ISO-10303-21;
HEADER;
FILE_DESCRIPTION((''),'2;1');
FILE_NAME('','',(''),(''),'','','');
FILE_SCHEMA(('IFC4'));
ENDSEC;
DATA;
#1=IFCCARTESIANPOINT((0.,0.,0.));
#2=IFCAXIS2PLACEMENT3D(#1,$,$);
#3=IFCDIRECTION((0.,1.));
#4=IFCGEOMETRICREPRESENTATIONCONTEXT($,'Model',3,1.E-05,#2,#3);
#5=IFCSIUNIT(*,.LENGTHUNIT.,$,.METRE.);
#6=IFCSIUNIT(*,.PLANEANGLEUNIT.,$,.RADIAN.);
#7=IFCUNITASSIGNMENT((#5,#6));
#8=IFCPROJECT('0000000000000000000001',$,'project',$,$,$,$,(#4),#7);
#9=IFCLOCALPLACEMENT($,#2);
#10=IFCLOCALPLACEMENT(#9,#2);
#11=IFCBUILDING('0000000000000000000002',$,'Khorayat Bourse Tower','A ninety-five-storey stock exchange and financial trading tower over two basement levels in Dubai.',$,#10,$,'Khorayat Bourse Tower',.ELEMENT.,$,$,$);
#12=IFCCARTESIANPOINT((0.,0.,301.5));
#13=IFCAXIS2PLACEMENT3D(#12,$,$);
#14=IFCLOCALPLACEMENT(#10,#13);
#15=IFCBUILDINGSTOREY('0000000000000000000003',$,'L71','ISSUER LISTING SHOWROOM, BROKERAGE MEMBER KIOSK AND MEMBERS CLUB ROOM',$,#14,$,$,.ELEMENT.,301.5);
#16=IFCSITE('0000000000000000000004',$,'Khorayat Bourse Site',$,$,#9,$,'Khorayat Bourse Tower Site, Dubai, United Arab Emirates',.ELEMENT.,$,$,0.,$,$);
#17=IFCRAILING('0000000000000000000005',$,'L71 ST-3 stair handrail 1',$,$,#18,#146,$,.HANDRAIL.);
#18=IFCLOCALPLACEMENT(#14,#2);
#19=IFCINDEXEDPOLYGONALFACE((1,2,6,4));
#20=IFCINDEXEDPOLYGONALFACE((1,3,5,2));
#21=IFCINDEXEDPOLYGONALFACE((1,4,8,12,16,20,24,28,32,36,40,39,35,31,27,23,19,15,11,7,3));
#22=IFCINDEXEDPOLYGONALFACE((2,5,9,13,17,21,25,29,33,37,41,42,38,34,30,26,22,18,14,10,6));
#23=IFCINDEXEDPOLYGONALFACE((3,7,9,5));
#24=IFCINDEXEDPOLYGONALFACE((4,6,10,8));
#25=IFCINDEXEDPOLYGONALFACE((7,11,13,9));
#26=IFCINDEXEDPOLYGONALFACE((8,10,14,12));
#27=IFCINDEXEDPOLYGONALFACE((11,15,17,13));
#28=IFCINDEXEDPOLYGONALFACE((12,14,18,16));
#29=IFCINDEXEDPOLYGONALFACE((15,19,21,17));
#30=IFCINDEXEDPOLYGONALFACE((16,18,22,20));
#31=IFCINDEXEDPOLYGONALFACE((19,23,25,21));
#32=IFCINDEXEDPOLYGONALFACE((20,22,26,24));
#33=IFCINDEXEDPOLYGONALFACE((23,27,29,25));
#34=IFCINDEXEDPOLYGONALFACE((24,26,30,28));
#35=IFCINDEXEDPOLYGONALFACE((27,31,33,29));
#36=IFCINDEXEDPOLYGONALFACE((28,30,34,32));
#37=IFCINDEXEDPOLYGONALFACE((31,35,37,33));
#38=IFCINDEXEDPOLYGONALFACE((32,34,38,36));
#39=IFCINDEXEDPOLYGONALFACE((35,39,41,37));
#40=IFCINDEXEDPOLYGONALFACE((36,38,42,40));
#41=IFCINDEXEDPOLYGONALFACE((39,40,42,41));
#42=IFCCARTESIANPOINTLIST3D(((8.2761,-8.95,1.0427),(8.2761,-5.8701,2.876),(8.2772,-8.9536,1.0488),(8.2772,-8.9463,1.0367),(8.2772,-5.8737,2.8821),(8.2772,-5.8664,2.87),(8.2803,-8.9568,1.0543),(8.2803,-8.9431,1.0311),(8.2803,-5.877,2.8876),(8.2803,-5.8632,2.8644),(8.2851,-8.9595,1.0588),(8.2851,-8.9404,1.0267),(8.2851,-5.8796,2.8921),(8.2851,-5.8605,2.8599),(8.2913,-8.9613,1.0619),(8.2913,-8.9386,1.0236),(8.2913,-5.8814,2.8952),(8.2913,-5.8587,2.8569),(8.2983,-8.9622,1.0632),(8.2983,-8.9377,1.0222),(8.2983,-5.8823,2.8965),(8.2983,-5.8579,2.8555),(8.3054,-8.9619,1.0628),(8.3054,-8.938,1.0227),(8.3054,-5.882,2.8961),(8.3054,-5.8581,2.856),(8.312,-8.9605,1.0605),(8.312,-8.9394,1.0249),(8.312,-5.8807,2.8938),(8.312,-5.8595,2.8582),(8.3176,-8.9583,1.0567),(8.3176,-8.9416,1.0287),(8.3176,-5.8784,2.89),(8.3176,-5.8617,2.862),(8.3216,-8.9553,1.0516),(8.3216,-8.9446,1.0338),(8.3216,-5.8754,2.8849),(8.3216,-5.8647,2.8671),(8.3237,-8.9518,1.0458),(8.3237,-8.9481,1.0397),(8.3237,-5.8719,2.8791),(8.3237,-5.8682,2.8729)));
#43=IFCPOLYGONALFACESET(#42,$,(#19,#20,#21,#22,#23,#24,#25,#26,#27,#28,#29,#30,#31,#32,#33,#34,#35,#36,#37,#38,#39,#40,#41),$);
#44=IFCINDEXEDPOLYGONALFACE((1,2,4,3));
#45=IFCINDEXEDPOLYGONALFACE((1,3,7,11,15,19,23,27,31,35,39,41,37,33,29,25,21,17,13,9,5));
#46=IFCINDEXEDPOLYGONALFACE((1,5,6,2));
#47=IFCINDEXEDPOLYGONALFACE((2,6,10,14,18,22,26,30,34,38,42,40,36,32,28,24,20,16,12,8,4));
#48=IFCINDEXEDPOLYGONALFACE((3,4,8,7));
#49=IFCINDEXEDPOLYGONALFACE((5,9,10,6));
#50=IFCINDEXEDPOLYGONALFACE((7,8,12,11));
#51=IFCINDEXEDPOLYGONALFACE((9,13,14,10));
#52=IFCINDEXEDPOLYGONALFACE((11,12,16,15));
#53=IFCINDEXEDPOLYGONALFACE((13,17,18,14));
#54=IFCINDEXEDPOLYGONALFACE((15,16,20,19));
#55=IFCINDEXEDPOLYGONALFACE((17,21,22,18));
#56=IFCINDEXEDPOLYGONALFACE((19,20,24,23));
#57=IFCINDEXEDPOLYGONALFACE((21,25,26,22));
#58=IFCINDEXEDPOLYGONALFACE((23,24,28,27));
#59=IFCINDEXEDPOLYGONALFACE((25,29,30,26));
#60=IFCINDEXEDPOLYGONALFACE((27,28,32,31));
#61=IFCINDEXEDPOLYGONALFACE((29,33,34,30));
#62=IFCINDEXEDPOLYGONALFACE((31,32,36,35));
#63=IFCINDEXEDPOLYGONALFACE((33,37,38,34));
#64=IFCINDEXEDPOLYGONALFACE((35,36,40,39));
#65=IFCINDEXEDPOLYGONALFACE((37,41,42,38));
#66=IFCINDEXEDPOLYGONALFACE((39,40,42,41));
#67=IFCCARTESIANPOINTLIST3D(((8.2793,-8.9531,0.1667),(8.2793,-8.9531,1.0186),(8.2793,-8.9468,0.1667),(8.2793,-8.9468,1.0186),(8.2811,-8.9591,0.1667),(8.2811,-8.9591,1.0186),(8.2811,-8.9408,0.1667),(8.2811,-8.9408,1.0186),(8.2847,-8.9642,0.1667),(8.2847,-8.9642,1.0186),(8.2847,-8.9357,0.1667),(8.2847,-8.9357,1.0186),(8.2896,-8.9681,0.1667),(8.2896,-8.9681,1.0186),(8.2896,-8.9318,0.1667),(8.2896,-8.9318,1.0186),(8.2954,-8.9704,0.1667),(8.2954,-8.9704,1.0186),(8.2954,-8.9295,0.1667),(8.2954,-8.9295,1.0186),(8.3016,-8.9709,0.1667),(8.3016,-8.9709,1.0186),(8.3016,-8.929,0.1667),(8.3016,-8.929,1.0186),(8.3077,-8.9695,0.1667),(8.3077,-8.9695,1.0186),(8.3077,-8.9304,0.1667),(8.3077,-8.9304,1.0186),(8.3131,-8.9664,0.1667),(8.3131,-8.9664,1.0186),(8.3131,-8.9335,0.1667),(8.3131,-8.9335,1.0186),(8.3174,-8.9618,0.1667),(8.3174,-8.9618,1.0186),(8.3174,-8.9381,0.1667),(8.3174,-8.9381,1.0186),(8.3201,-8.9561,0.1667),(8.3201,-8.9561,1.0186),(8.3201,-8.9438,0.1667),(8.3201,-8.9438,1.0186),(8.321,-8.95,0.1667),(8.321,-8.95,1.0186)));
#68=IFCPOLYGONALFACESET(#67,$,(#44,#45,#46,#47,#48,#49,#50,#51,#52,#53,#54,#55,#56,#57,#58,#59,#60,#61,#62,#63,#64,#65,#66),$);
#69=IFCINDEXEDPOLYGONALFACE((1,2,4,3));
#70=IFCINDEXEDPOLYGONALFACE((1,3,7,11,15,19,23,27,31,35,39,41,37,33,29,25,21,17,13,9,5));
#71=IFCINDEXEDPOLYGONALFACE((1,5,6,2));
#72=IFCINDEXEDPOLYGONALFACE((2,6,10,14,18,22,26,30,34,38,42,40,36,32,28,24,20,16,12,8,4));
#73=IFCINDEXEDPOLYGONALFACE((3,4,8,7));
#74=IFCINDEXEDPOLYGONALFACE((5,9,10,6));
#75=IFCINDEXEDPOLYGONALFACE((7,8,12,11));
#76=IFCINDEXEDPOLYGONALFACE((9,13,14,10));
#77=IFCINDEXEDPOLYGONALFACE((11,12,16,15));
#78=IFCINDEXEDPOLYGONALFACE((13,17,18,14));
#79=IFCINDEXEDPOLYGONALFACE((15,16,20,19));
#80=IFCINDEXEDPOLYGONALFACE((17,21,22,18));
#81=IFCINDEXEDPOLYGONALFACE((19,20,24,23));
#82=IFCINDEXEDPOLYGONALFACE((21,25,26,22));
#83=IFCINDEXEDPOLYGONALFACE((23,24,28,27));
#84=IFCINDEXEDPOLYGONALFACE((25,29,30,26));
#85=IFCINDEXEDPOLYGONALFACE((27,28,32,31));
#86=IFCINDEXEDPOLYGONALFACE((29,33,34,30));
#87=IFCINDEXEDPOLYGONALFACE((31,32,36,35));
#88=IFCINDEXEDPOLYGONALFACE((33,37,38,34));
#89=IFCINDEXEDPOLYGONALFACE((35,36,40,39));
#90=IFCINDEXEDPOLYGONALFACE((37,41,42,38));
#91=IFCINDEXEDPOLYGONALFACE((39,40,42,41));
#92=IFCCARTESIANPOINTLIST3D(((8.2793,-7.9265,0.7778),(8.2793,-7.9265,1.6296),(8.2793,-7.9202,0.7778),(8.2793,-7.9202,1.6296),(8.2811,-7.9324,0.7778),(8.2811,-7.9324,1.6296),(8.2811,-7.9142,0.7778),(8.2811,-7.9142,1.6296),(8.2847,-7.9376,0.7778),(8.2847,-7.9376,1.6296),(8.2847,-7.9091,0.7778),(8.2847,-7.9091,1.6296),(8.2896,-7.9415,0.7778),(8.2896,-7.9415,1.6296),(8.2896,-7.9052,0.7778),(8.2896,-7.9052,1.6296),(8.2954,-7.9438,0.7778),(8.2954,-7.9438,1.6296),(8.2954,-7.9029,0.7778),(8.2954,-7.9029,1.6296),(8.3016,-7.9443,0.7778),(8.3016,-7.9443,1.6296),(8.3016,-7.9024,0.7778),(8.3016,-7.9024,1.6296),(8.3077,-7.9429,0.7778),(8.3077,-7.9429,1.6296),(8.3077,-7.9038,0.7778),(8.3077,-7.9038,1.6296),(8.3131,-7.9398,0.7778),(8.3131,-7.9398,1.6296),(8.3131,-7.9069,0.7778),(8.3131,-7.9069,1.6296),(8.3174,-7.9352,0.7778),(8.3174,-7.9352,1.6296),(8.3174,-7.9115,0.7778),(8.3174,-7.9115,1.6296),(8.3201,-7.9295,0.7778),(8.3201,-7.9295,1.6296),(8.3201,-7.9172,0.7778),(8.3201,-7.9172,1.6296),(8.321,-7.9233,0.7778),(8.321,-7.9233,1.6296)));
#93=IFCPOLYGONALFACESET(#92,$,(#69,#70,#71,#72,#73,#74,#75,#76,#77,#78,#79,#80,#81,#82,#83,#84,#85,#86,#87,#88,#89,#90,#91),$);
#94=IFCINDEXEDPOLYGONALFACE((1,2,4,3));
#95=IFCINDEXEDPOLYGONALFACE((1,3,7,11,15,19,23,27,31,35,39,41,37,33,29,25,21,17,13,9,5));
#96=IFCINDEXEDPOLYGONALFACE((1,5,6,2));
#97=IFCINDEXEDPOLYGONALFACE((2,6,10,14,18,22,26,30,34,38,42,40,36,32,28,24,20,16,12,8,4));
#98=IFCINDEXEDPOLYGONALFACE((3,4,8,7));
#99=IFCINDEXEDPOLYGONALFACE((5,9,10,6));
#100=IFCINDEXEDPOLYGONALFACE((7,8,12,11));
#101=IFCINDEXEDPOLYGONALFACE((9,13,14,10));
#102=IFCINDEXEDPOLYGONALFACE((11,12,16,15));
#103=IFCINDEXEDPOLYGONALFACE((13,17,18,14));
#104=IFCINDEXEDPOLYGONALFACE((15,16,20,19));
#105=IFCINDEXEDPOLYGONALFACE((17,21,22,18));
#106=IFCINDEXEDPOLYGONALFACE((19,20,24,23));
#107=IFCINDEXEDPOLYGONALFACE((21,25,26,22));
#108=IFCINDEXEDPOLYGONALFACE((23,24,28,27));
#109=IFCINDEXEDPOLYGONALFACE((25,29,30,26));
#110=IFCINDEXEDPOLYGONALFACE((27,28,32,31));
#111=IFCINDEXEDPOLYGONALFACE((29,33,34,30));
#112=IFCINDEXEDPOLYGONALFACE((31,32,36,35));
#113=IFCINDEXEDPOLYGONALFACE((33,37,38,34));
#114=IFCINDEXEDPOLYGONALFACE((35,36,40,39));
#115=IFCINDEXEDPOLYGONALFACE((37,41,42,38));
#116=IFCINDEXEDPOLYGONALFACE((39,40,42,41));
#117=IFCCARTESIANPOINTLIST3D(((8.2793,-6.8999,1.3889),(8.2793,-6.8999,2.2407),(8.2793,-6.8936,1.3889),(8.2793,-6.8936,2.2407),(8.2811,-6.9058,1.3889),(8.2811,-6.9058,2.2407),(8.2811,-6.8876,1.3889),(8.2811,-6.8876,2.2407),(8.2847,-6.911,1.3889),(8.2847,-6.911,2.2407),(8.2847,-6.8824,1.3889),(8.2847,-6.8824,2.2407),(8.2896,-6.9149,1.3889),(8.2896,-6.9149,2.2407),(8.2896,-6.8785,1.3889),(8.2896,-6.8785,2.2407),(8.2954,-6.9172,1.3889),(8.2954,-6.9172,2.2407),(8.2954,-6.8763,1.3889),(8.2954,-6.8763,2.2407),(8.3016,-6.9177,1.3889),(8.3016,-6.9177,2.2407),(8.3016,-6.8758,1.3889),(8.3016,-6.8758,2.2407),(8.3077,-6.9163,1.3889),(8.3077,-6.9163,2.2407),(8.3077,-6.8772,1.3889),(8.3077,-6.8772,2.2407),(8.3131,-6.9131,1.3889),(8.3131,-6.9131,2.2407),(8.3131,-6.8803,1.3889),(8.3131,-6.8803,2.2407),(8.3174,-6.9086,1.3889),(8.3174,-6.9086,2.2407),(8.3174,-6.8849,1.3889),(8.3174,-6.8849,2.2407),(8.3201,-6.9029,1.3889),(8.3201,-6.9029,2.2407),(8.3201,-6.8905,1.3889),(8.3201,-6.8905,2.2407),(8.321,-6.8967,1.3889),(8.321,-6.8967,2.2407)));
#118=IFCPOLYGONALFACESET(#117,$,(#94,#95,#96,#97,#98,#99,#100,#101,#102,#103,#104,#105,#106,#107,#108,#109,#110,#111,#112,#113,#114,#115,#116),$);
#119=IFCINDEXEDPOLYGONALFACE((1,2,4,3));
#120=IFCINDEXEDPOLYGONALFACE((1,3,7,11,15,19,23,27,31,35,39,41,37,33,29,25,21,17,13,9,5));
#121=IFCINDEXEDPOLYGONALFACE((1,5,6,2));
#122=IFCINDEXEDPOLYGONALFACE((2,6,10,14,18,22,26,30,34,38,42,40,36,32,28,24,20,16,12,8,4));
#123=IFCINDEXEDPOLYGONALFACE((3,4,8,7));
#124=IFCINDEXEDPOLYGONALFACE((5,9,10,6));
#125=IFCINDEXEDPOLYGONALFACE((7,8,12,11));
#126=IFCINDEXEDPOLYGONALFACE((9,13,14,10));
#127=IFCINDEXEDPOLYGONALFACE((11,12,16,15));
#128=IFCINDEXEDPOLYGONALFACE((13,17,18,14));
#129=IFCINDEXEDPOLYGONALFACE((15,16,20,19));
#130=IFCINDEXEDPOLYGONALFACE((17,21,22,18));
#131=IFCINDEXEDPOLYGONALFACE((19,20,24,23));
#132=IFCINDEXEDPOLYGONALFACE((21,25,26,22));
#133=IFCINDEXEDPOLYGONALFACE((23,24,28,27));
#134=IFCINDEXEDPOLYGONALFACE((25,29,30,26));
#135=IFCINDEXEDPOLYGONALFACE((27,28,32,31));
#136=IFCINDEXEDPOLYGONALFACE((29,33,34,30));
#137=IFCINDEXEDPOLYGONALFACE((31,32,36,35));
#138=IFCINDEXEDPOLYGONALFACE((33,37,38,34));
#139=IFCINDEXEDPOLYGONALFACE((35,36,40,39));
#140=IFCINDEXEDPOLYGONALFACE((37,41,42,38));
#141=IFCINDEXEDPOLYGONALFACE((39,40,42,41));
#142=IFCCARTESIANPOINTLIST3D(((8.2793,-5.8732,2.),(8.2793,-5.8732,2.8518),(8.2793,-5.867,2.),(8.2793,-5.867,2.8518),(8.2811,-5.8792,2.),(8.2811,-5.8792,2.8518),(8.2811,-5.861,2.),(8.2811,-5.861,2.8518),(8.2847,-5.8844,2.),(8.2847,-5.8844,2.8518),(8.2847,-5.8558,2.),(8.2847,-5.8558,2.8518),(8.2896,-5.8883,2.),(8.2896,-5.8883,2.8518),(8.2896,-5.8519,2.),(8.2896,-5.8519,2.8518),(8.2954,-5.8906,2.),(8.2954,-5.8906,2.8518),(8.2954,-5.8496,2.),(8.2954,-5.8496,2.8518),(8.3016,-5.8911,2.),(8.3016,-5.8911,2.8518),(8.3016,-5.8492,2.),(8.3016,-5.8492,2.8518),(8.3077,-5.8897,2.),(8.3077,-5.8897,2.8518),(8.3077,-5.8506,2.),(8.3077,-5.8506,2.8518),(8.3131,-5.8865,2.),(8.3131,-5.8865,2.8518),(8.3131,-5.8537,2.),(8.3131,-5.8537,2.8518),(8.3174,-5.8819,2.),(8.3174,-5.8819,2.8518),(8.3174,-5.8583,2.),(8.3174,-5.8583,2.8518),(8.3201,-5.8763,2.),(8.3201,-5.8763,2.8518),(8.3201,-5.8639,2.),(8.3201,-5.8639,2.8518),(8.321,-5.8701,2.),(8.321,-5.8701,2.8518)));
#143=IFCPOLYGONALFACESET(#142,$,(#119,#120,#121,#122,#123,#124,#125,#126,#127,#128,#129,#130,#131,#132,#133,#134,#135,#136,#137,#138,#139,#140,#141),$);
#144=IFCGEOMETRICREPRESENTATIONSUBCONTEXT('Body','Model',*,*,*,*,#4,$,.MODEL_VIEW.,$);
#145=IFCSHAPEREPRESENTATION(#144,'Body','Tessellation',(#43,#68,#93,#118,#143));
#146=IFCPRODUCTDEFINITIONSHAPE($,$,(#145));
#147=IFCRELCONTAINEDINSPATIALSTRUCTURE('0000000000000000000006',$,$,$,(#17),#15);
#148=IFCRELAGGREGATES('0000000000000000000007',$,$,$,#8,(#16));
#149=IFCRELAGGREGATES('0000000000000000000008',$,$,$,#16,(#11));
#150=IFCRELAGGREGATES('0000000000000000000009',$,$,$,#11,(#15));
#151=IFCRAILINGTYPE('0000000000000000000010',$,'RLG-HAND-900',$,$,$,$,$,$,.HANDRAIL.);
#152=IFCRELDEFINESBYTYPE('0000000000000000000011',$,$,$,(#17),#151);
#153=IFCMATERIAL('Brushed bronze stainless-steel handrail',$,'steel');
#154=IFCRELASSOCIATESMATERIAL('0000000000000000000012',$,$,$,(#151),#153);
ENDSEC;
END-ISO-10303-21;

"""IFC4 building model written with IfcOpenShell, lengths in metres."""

from ifc_helpers import new_model, si_unit, direction, frame, origin, origin_2d, place, context, subcontext, project, spatial, circle, extrude, source, transform, mapped, material, type_object, element, save


model = new_model("IFC4")

# Units and contexts
model_context = context("Model", 3, precision=1e-05, world=origin(), true_north=direction((0.0, 1.0)))
body_context = subcontext(model_context, "Body", "Model", "MODEL_VIEW")
ifc_project = project(units=[si_unit("LENGTHUNIT", "METRE"), si_unit("PLANEANGLEUNIT", "RADIAN")], contexts=[model_context])

# Site, building, storey
site_placement = place(None, origin())
site = spatial("IfcSite", under=ifc_project, at=site_placement, Name="Khorayat Bourse Site", LongName="Khorayat Bourse Tower Site, Dubai, United Arab Emirates", CompositionType="ELEMENT", RefElevation=0.0)
building_placement = place(site_placement, origin())
building = spatial("IfcBuilding", under=site, at=building_placement, Name="Khorayat Bourse Tower", Description="A ninety-five-storey stock exchange and financial trading tower over two basement levels in Dubai.", LongName="Khorayat Bourse Tower", CompositionType="ELEMENT")
storey_placement = place(building_placement, frame((0.0, 0.0, 301.5)))
storey = spatial("IfcBuildingStorey", under=building, at=storey_placement, Name="L71", Description="ISSUER LISTING SHOWROOM, BROKERAGE MEMBER KIOSK AND MEMBERS CLUB ROOM", CompositionType="ELEMENT", Elevation=301.5)

# Railing
ifc_material_1 = material(Name="Brushed bronze stainless-steel handrail", Category="steel")
railing_type_1 = type_object("IfcRailingType", Name="RLG-HAND-900", PredefinedType="HANDRAIL", material=ifc_material_1)
shared_shape_1 = source(origin(), body_context, "Body", "SweptSolid", [
    extrude(circle(Radius=0.0239, at=origin_2d()), frame((0.0, 0.0, 0.876), z_axis=(0.0, 0.859291, 0.511487), x_axis=(-1.0, 0.0, 0.0)), (0.0, 0.0, 1.0), 3.5842),
    extrude(circle(Radius=0.021, at=origin_2d()), origin(), (0.0, 0.0, 1.0), 0.8518),
    extrude(circle(Radius=0.021, at=origin_2d()), frame((0.0, 1.0266, 0.6111)), (0.0, 0.0, 1.0), 0.8518),
    extrude(circle(Radius=0.021, at=origin_2d()), frame((0.0, 2.0532, 1.2222)), (0.0, 0.0, 1.0), 0.8518),
    extrude(circle(Radius=0.021, at=origin_2d()), frame((0.0, 3.0798, 1.8333)), (0.0, 0.0, 1.0), 0.8518),
])
railing_1_placement = place(storey_placement, frame((8.3, -8.95, 0.1667)))
element("IfcRailing", 1, at=railing_1_placement, inside=storey, type_object=railing_type_1, Name="L71 ST-3 stair handrail 1", PredefinedType="HANDRAIL", context=body_context, shape_type="MappedRepresentation", body=[
    mapped(shared_shape_1, transform((0.0, 0.0, 0.0), scale=1.0)),
])

save(model, "model.ifc")
